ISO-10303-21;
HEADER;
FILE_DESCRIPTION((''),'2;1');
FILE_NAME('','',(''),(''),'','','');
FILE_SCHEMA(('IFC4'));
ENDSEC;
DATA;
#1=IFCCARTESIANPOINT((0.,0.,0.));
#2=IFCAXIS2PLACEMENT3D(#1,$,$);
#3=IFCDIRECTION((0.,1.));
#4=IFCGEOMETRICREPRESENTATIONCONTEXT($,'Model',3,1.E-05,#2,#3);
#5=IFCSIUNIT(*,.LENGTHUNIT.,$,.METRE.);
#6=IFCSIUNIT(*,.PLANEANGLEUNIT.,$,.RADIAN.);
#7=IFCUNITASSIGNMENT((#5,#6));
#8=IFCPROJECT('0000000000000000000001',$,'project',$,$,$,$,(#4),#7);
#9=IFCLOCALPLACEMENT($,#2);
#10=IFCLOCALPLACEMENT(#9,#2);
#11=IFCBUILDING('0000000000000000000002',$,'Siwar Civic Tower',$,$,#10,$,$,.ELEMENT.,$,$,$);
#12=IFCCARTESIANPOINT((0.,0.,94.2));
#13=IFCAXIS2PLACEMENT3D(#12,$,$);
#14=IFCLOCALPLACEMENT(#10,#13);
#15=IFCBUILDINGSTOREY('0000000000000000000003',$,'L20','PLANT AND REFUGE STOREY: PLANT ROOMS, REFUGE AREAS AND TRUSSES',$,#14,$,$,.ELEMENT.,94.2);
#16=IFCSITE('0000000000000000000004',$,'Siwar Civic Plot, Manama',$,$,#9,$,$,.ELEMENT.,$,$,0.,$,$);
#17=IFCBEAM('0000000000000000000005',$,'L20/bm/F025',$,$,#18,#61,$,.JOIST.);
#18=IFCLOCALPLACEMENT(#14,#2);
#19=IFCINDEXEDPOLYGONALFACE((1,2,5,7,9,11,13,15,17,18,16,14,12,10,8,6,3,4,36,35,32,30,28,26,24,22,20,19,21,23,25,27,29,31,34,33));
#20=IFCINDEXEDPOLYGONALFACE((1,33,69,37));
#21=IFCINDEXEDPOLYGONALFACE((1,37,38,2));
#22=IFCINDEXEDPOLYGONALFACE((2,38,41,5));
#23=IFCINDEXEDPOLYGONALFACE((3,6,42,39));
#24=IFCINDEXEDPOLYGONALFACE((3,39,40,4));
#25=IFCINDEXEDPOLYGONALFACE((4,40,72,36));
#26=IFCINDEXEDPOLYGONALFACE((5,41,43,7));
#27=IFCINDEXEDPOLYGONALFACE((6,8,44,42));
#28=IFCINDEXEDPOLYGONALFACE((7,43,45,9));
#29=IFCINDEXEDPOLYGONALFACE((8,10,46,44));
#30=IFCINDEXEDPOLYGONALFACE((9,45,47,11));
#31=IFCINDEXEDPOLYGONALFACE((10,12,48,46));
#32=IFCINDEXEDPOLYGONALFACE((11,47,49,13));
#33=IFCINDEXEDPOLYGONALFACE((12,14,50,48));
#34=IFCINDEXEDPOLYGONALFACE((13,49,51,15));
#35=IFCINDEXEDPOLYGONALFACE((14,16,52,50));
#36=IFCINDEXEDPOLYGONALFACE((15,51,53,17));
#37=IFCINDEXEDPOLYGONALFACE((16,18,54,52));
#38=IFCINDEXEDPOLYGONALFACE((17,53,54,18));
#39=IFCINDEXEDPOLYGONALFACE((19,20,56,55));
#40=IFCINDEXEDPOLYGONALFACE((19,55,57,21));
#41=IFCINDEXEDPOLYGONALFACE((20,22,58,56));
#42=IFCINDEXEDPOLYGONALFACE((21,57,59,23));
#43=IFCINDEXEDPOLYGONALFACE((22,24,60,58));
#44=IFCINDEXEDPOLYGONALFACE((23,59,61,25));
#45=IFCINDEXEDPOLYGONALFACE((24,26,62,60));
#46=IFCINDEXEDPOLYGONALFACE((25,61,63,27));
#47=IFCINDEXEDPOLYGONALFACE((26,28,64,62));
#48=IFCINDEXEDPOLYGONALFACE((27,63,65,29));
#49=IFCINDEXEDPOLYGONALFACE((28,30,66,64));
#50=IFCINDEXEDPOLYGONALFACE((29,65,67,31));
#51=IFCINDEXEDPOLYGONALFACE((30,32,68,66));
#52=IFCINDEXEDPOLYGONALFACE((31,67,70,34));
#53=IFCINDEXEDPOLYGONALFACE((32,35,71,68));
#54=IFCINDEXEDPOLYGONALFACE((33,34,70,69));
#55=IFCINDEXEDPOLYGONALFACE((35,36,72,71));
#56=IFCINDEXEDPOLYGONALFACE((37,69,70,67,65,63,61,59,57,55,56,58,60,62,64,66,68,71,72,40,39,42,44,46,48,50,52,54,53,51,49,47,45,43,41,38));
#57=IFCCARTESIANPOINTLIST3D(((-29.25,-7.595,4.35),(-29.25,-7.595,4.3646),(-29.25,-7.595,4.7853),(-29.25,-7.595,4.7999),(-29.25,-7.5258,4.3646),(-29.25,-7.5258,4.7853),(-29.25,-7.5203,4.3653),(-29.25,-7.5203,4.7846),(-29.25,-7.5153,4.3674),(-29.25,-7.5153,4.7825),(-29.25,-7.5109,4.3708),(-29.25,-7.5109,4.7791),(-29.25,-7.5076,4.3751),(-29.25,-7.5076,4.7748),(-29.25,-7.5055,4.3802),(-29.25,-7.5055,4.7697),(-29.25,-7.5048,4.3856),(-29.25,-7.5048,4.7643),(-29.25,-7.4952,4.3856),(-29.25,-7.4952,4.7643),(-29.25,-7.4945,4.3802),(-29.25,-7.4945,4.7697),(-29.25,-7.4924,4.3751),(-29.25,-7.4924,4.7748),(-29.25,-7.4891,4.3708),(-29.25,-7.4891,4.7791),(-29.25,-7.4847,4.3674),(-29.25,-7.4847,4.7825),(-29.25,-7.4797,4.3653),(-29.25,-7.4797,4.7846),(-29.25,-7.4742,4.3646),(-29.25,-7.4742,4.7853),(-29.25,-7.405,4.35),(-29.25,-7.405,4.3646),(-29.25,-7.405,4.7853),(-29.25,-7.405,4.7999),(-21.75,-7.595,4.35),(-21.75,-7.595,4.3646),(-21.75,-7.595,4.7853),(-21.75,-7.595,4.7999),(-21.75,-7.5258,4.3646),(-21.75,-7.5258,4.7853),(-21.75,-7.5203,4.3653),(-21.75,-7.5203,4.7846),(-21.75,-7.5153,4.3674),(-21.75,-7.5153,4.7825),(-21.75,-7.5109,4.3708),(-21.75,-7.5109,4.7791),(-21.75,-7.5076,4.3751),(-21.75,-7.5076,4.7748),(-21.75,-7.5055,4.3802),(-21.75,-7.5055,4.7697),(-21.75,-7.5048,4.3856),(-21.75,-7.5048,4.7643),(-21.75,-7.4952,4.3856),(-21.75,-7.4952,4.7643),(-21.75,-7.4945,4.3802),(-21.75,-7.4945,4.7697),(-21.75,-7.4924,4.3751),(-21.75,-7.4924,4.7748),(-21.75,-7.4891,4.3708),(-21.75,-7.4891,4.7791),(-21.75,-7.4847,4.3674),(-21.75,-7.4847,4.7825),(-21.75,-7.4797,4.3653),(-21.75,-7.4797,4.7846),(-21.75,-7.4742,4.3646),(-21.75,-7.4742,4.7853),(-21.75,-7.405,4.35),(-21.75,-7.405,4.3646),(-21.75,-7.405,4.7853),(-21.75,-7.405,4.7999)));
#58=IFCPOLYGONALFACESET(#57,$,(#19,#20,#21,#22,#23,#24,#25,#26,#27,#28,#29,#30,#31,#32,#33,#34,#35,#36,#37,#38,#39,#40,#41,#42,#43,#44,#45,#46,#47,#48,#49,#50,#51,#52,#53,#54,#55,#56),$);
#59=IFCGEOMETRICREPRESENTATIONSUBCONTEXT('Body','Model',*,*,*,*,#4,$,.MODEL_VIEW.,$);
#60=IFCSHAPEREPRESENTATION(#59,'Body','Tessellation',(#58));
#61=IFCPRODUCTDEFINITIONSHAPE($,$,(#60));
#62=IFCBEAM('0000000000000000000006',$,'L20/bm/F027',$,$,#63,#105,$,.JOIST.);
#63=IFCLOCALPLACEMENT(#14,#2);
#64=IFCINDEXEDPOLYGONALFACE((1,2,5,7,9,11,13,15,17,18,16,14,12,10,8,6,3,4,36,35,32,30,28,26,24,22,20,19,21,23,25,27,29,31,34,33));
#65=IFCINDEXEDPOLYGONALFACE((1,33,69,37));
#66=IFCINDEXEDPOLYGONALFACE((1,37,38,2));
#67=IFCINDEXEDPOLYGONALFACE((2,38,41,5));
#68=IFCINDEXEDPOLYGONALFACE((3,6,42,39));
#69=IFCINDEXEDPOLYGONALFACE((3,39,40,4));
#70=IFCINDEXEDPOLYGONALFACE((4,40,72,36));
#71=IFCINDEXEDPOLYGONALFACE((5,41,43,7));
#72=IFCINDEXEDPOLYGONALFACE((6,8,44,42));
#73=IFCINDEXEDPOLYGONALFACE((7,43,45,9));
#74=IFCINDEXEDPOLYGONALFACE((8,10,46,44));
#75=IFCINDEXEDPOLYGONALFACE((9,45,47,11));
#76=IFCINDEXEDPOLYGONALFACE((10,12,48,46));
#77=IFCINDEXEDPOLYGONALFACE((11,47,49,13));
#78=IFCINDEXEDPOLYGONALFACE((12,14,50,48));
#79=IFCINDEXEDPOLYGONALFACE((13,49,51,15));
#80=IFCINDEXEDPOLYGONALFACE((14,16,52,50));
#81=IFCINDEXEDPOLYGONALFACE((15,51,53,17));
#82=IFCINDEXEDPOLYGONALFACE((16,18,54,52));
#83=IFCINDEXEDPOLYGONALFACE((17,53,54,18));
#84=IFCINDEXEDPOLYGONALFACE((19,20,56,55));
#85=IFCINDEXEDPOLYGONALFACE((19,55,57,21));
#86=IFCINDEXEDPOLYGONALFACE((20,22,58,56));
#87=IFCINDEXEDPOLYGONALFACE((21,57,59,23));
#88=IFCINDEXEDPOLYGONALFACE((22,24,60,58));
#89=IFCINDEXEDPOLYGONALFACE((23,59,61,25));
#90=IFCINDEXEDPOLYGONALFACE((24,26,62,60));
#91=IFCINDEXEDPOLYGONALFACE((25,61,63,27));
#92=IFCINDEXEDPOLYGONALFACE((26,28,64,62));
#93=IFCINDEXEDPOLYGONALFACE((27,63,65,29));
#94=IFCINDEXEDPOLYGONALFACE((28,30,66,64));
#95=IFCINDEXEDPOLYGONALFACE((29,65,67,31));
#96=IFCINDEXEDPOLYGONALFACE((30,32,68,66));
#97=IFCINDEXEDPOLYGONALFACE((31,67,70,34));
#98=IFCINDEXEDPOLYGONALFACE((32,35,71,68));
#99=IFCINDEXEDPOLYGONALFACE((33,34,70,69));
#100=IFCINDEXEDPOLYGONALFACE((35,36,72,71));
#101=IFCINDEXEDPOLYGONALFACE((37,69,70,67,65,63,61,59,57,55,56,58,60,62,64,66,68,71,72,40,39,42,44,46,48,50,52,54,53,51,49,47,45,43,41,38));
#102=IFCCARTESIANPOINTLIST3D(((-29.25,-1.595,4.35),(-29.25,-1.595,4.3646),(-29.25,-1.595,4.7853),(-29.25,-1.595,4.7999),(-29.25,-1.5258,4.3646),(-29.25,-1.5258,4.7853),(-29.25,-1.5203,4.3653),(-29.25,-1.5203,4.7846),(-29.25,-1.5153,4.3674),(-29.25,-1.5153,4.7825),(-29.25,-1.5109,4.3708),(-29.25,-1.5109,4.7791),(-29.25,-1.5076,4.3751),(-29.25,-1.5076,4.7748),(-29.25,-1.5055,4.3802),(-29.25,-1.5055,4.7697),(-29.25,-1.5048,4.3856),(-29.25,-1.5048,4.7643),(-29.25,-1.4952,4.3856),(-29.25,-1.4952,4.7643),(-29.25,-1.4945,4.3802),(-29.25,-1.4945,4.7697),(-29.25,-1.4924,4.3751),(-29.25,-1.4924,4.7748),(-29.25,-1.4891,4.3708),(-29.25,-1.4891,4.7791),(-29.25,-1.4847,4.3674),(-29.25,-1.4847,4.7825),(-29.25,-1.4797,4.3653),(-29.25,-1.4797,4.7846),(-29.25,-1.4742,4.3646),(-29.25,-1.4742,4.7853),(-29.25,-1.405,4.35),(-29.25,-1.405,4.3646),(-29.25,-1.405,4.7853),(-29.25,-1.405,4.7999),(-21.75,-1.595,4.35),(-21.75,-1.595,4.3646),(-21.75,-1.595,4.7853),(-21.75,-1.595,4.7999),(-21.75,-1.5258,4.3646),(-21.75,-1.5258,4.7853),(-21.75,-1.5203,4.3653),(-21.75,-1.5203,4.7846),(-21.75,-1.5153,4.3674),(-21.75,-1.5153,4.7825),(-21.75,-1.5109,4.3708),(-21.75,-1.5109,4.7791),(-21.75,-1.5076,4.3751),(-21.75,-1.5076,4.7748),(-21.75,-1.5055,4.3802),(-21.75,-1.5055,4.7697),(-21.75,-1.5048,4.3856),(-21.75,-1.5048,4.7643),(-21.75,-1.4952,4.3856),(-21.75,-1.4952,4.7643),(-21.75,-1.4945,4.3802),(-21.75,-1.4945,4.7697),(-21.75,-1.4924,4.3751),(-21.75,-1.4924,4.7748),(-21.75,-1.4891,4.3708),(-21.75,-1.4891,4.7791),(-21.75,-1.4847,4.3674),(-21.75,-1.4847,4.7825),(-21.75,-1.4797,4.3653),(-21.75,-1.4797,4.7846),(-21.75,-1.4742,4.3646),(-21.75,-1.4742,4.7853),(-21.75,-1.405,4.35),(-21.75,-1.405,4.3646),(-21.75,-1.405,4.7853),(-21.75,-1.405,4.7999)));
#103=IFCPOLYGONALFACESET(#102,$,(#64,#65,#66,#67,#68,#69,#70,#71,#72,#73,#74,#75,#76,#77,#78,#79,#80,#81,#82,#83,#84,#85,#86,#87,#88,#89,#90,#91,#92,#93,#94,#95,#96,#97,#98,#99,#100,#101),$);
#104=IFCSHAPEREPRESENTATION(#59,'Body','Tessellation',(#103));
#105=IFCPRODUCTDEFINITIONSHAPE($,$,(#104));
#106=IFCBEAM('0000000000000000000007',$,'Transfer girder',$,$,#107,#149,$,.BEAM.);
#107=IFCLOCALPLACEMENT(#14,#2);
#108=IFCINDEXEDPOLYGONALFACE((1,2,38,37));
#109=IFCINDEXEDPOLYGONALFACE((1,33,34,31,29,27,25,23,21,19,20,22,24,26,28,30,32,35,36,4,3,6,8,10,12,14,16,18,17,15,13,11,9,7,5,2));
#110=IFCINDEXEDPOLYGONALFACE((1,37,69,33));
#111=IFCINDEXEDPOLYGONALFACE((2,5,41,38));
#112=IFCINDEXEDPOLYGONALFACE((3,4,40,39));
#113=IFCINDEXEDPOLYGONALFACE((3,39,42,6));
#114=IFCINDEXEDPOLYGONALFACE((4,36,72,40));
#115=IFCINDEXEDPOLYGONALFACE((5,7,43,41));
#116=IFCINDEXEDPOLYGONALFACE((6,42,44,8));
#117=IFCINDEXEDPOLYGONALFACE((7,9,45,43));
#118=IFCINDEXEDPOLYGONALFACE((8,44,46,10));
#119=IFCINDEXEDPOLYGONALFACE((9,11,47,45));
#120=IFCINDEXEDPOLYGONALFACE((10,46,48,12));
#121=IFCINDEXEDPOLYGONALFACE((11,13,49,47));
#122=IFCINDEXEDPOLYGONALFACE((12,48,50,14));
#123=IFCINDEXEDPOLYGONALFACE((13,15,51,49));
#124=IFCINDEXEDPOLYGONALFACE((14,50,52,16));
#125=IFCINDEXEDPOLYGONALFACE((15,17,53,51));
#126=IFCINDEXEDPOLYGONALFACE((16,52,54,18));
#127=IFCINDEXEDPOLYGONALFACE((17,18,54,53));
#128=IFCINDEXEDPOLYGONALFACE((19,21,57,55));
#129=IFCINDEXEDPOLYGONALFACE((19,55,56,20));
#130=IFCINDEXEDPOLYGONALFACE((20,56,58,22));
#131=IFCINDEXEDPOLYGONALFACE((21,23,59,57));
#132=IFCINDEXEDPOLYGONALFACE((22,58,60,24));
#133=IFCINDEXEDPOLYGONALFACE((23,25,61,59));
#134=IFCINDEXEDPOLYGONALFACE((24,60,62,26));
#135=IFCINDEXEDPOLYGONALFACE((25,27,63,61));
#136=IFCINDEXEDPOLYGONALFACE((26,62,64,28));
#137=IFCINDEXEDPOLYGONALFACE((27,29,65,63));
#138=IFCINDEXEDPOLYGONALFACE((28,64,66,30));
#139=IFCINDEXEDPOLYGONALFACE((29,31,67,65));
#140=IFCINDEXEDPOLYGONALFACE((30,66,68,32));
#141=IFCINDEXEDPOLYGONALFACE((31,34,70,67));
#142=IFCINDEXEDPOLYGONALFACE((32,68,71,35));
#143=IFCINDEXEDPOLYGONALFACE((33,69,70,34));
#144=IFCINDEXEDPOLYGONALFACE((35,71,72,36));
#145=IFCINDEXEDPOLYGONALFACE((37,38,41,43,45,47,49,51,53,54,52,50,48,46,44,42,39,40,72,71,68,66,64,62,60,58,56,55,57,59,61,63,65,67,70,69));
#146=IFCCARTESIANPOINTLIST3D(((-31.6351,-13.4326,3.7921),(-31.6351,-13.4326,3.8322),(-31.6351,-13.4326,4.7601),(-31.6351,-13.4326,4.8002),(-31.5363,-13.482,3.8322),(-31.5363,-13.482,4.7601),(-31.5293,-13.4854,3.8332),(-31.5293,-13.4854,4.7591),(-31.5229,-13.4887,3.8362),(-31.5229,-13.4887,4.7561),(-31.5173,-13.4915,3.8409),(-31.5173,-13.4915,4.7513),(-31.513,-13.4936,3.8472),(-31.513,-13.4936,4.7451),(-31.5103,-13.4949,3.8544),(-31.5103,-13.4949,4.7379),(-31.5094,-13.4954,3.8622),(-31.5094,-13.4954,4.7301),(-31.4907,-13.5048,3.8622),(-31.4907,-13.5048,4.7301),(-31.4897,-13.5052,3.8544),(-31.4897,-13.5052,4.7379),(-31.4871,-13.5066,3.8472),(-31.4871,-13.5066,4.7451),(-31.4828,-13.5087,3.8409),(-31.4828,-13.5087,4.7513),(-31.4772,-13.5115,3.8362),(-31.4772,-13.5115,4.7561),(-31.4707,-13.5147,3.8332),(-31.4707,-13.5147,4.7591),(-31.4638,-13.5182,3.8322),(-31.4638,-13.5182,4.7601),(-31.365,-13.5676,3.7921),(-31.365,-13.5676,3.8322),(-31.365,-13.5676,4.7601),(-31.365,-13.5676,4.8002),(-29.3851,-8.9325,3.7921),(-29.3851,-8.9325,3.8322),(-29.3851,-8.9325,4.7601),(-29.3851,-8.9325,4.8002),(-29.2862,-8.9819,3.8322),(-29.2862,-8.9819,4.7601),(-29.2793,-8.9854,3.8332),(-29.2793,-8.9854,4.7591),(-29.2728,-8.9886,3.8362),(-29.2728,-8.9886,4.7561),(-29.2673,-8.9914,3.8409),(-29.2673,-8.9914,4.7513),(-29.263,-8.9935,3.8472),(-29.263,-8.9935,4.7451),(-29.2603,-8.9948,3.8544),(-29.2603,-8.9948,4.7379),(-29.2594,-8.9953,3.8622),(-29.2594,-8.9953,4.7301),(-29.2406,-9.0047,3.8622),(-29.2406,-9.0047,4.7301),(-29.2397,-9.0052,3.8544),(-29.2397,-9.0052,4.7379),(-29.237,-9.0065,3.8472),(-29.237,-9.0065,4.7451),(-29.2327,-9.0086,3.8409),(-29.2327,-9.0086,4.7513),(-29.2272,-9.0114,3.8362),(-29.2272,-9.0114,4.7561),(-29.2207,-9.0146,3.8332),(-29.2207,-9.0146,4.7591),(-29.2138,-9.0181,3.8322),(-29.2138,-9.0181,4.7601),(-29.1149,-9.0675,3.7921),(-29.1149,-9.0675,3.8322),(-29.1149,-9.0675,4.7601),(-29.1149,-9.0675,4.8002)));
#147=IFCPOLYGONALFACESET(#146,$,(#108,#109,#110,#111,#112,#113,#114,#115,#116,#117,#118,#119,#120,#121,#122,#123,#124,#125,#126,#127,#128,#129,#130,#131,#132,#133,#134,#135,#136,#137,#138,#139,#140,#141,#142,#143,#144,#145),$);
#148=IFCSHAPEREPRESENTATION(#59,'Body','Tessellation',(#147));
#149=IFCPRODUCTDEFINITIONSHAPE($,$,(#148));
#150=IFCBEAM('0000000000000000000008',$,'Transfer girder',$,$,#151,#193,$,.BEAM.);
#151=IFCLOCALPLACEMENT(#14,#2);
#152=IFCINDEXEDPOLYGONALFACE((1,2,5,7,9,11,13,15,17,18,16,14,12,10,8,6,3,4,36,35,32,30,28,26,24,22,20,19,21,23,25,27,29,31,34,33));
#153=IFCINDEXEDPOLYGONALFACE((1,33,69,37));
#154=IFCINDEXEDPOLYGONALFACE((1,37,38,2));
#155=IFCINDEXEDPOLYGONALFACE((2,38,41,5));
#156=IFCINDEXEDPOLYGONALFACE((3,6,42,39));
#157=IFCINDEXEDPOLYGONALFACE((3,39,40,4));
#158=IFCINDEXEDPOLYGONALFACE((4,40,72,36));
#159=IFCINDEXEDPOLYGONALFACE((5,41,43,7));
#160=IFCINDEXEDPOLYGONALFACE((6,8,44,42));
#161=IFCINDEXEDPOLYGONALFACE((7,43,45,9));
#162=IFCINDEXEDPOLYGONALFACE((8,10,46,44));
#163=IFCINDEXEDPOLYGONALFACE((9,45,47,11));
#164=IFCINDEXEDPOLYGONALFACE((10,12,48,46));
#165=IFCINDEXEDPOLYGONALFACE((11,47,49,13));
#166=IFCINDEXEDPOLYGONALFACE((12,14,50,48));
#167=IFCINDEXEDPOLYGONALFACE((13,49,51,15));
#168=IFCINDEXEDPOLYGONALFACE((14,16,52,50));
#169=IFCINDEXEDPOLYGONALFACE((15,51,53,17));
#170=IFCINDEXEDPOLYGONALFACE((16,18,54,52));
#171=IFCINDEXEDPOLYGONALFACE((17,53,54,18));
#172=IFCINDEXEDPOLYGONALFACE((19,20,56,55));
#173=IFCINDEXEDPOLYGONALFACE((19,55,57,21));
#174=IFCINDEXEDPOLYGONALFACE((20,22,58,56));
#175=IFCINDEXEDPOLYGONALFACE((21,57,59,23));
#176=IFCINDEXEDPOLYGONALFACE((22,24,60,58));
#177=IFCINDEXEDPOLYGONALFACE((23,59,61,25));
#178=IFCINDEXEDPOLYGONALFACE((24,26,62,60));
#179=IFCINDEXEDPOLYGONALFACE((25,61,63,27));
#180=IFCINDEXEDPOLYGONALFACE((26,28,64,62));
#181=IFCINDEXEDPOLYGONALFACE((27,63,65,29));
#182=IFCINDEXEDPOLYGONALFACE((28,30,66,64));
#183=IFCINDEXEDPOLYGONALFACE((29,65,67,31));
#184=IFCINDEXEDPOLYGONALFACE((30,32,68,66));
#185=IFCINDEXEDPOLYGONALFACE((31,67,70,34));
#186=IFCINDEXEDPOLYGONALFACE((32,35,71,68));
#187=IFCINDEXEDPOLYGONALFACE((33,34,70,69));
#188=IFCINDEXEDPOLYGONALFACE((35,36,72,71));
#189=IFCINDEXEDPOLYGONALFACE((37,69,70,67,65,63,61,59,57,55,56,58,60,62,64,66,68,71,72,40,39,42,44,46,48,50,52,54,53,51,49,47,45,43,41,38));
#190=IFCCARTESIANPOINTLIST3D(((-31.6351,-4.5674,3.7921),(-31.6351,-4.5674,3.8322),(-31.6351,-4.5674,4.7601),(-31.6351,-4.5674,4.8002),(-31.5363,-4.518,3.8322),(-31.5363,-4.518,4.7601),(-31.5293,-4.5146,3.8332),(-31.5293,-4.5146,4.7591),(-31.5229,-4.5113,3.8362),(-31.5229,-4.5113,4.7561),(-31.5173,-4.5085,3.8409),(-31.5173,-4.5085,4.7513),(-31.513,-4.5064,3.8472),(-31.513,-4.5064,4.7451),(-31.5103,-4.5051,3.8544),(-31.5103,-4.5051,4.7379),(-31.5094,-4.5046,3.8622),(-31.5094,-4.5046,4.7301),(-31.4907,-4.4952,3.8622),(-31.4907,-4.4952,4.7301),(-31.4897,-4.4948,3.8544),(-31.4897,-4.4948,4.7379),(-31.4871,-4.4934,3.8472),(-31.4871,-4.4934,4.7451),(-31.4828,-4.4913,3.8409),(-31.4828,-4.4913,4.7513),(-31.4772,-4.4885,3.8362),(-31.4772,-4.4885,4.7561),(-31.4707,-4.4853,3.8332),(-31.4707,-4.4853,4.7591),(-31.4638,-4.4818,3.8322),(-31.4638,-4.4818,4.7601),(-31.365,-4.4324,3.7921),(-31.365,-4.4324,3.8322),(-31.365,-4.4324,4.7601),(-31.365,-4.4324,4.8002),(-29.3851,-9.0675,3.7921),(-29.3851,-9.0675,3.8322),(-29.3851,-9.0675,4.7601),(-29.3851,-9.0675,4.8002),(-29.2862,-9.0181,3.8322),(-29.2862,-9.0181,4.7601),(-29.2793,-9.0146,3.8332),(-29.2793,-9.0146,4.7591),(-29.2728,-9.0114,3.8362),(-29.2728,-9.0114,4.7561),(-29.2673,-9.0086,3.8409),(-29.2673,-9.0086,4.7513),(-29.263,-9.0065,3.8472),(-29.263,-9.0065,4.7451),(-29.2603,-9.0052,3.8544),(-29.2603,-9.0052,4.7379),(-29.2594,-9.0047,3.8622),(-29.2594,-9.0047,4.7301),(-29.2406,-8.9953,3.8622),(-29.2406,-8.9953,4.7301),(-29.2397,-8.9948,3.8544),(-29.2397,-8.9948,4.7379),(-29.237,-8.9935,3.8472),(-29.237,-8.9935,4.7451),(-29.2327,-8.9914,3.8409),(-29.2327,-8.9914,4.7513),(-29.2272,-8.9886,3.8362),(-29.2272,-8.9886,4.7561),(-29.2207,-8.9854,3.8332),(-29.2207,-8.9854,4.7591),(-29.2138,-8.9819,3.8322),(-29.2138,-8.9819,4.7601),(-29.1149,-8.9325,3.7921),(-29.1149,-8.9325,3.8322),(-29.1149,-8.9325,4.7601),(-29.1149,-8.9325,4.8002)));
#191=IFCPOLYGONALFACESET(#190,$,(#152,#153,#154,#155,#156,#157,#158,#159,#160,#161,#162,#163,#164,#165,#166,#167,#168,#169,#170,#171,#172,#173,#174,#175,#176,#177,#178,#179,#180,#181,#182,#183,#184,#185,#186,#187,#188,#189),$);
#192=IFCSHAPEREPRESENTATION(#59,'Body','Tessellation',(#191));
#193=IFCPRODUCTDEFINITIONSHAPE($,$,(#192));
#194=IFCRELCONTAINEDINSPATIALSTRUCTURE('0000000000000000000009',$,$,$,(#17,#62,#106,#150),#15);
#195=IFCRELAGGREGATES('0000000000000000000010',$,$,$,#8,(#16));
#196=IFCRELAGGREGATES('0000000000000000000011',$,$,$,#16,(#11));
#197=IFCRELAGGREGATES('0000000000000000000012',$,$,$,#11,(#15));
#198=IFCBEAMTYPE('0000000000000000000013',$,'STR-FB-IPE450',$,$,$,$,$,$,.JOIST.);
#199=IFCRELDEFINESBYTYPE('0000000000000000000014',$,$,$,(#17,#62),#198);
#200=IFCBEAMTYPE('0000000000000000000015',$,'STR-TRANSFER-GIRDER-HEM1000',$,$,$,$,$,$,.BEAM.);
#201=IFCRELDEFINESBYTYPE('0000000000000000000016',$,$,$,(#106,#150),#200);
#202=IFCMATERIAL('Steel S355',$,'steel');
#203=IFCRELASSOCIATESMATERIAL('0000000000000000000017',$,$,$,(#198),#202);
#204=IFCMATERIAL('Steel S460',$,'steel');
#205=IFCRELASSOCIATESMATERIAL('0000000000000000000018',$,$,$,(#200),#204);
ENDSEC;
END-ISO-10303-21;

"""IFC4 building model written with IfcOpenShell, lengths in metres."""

from ifc_helpers import new_model, si_unit, direction, frame, origin, origin_2d, place, context, subcontext, project, spatial, i_section, extrude, material, material_profile, profile_set, type_object, element, save


model = new_model("IFC4")

# Units and contexts
model_context = context("Model", 3, precision=1e-05, world=origin(), true_north=direction((0.0, 1.0)))
body_context = subcontext(model_context, "Body", "Model", "MODEL_VIEW")
ifc_project = project(units=[si_unit("LENGTHUNIT", "METRE"), si_unit("PLANEANGLEUNIT", "RADIAN")], contexts=[model_context])

# Site, building, storey
site_placement = place(None, origin())
site = spatial("IfcSite", under=ifc_project, at=site_placement, Name="Siwar Civic Plot, Manama", CompositionType="ELEMENT", RefElevation=0.0)
building_placement = place(site_placement, origin())
building = spatial("IfcBuilding", under=site, at=building_placement, Name="Siwar Civic Tower", CompositionType="ELEMENT")
storey_placement = place(building_placement, frame((0.0, 0.0, 94.2)))
storey = spatial("IfcBuildingStorey", under=building, at=storey_placement, Name="L20", Description="PLANT AND REFUGE STOREY: PLANT ROOMS, REFUGE AREAS AND TRUSSES", CompositionType="ELEMENT", Elevation=94.2)

# Beams
ifc_material_1 = material(Name="Steel S355", Category="steel")
ifc_material_profile_1 = material_profile(ifc_material_1, i_section(OverallWidth=0.1899, OverallDepth=0.45, WebThickness=0.0095, FlangeThickness=0.0146, FilletRadius=0.021, at=origin_2d()), Name="IPE450")
ifc_profile_set_1 = profile_set([ifc_material_profile_1], Name="Steel S355")
beam_type_1 = type_object("IfcBeamType", Name="STR-FB-IPE450", PredefinedType="JOIST", material=ifc_profile_set_1)
for number, where, z_axis, x_axis, name in (
    (1, (-29.25, -7.5, 4.575), (1.0, 0.0, 0.0), (0.0, 1.0, 0.0), "L20/bm/F025"),
    (2, (-29.25, -1.5, 4.575), (1.0, 0.0, 0.0), (0.0, 1.0, 0.0), "L20/bm/F027"),
):
    element("IfcBeam", number, at=place(storey_placement, frame(where, z_axis=z_axis, x_axis=x_axis)), inside=storey, type_object=beam_type_1, Name=name, PredefinedType="JOIST", context=body_context, shape_type="SweptSolid", body=[
        extrude(i_section(OverallWidth=0.1899, OverallDepth=0.45, WebThickness=0.0095, FlangeThickness=0.0146, FilletRadius=0.021, at=origin_2d()), origin(), (0.0, 0.0, 1.0), 7.5),
    ])
ifc_material_2 = material(Name="Steel S460", Category="steel")
ifc_material_profile_2 = material_profile(ifc_material_2, i_section(OverallWidth=0.302, OverallDepth=1.0081, WebThickness=0.021, FlangeThickness=0.04, FilletRadius=0.03, at=origin_2d()), Name="HEM1000")
ifc_profile_set_2 = profile_set([ifc_material_profile_2], Name="Steel S460")
beam_type_2 = type_object("IfcBeamType", Name="STR-TRANSFER-GIRDER-HEM1000", PredefinedType="BEAM", material=ifc_profile_set_2)
for number, where, z_axis, x_axis, name in (
    (3, (-29.25, -9.0, 4.2961), (-0.447214, -0.894427, 0.0), (0.894427, -0.447214, 0.0), "Transfer girder"),
    (4, (-29.25, -9.0, 4.2961), (-0.447214, 0.894427, 0.0), (-0.894427, -0.447214, 0.0), "Transfer girder"),
):
    element("IfcBeam", number, at=place(storey_placement, frame(where, z_axis=z_axis, x_axis=x_axis)), inside=storey, type_object=beam_type_2, Name=name, PredefinedType="BEAM", context=body_context, shape_type="SweptSolid", body=[
        extrude(i_section(OverallWidth=0.302, OverallDepth=1.0081, WebThickness=0.021, FlangeThickness=0.04, FilletRadius=0.03, at=origin_2d()), origin(), (0.0, 0.0, 1.0), 5.0312),
    ])

save(model, "model.ifc")
